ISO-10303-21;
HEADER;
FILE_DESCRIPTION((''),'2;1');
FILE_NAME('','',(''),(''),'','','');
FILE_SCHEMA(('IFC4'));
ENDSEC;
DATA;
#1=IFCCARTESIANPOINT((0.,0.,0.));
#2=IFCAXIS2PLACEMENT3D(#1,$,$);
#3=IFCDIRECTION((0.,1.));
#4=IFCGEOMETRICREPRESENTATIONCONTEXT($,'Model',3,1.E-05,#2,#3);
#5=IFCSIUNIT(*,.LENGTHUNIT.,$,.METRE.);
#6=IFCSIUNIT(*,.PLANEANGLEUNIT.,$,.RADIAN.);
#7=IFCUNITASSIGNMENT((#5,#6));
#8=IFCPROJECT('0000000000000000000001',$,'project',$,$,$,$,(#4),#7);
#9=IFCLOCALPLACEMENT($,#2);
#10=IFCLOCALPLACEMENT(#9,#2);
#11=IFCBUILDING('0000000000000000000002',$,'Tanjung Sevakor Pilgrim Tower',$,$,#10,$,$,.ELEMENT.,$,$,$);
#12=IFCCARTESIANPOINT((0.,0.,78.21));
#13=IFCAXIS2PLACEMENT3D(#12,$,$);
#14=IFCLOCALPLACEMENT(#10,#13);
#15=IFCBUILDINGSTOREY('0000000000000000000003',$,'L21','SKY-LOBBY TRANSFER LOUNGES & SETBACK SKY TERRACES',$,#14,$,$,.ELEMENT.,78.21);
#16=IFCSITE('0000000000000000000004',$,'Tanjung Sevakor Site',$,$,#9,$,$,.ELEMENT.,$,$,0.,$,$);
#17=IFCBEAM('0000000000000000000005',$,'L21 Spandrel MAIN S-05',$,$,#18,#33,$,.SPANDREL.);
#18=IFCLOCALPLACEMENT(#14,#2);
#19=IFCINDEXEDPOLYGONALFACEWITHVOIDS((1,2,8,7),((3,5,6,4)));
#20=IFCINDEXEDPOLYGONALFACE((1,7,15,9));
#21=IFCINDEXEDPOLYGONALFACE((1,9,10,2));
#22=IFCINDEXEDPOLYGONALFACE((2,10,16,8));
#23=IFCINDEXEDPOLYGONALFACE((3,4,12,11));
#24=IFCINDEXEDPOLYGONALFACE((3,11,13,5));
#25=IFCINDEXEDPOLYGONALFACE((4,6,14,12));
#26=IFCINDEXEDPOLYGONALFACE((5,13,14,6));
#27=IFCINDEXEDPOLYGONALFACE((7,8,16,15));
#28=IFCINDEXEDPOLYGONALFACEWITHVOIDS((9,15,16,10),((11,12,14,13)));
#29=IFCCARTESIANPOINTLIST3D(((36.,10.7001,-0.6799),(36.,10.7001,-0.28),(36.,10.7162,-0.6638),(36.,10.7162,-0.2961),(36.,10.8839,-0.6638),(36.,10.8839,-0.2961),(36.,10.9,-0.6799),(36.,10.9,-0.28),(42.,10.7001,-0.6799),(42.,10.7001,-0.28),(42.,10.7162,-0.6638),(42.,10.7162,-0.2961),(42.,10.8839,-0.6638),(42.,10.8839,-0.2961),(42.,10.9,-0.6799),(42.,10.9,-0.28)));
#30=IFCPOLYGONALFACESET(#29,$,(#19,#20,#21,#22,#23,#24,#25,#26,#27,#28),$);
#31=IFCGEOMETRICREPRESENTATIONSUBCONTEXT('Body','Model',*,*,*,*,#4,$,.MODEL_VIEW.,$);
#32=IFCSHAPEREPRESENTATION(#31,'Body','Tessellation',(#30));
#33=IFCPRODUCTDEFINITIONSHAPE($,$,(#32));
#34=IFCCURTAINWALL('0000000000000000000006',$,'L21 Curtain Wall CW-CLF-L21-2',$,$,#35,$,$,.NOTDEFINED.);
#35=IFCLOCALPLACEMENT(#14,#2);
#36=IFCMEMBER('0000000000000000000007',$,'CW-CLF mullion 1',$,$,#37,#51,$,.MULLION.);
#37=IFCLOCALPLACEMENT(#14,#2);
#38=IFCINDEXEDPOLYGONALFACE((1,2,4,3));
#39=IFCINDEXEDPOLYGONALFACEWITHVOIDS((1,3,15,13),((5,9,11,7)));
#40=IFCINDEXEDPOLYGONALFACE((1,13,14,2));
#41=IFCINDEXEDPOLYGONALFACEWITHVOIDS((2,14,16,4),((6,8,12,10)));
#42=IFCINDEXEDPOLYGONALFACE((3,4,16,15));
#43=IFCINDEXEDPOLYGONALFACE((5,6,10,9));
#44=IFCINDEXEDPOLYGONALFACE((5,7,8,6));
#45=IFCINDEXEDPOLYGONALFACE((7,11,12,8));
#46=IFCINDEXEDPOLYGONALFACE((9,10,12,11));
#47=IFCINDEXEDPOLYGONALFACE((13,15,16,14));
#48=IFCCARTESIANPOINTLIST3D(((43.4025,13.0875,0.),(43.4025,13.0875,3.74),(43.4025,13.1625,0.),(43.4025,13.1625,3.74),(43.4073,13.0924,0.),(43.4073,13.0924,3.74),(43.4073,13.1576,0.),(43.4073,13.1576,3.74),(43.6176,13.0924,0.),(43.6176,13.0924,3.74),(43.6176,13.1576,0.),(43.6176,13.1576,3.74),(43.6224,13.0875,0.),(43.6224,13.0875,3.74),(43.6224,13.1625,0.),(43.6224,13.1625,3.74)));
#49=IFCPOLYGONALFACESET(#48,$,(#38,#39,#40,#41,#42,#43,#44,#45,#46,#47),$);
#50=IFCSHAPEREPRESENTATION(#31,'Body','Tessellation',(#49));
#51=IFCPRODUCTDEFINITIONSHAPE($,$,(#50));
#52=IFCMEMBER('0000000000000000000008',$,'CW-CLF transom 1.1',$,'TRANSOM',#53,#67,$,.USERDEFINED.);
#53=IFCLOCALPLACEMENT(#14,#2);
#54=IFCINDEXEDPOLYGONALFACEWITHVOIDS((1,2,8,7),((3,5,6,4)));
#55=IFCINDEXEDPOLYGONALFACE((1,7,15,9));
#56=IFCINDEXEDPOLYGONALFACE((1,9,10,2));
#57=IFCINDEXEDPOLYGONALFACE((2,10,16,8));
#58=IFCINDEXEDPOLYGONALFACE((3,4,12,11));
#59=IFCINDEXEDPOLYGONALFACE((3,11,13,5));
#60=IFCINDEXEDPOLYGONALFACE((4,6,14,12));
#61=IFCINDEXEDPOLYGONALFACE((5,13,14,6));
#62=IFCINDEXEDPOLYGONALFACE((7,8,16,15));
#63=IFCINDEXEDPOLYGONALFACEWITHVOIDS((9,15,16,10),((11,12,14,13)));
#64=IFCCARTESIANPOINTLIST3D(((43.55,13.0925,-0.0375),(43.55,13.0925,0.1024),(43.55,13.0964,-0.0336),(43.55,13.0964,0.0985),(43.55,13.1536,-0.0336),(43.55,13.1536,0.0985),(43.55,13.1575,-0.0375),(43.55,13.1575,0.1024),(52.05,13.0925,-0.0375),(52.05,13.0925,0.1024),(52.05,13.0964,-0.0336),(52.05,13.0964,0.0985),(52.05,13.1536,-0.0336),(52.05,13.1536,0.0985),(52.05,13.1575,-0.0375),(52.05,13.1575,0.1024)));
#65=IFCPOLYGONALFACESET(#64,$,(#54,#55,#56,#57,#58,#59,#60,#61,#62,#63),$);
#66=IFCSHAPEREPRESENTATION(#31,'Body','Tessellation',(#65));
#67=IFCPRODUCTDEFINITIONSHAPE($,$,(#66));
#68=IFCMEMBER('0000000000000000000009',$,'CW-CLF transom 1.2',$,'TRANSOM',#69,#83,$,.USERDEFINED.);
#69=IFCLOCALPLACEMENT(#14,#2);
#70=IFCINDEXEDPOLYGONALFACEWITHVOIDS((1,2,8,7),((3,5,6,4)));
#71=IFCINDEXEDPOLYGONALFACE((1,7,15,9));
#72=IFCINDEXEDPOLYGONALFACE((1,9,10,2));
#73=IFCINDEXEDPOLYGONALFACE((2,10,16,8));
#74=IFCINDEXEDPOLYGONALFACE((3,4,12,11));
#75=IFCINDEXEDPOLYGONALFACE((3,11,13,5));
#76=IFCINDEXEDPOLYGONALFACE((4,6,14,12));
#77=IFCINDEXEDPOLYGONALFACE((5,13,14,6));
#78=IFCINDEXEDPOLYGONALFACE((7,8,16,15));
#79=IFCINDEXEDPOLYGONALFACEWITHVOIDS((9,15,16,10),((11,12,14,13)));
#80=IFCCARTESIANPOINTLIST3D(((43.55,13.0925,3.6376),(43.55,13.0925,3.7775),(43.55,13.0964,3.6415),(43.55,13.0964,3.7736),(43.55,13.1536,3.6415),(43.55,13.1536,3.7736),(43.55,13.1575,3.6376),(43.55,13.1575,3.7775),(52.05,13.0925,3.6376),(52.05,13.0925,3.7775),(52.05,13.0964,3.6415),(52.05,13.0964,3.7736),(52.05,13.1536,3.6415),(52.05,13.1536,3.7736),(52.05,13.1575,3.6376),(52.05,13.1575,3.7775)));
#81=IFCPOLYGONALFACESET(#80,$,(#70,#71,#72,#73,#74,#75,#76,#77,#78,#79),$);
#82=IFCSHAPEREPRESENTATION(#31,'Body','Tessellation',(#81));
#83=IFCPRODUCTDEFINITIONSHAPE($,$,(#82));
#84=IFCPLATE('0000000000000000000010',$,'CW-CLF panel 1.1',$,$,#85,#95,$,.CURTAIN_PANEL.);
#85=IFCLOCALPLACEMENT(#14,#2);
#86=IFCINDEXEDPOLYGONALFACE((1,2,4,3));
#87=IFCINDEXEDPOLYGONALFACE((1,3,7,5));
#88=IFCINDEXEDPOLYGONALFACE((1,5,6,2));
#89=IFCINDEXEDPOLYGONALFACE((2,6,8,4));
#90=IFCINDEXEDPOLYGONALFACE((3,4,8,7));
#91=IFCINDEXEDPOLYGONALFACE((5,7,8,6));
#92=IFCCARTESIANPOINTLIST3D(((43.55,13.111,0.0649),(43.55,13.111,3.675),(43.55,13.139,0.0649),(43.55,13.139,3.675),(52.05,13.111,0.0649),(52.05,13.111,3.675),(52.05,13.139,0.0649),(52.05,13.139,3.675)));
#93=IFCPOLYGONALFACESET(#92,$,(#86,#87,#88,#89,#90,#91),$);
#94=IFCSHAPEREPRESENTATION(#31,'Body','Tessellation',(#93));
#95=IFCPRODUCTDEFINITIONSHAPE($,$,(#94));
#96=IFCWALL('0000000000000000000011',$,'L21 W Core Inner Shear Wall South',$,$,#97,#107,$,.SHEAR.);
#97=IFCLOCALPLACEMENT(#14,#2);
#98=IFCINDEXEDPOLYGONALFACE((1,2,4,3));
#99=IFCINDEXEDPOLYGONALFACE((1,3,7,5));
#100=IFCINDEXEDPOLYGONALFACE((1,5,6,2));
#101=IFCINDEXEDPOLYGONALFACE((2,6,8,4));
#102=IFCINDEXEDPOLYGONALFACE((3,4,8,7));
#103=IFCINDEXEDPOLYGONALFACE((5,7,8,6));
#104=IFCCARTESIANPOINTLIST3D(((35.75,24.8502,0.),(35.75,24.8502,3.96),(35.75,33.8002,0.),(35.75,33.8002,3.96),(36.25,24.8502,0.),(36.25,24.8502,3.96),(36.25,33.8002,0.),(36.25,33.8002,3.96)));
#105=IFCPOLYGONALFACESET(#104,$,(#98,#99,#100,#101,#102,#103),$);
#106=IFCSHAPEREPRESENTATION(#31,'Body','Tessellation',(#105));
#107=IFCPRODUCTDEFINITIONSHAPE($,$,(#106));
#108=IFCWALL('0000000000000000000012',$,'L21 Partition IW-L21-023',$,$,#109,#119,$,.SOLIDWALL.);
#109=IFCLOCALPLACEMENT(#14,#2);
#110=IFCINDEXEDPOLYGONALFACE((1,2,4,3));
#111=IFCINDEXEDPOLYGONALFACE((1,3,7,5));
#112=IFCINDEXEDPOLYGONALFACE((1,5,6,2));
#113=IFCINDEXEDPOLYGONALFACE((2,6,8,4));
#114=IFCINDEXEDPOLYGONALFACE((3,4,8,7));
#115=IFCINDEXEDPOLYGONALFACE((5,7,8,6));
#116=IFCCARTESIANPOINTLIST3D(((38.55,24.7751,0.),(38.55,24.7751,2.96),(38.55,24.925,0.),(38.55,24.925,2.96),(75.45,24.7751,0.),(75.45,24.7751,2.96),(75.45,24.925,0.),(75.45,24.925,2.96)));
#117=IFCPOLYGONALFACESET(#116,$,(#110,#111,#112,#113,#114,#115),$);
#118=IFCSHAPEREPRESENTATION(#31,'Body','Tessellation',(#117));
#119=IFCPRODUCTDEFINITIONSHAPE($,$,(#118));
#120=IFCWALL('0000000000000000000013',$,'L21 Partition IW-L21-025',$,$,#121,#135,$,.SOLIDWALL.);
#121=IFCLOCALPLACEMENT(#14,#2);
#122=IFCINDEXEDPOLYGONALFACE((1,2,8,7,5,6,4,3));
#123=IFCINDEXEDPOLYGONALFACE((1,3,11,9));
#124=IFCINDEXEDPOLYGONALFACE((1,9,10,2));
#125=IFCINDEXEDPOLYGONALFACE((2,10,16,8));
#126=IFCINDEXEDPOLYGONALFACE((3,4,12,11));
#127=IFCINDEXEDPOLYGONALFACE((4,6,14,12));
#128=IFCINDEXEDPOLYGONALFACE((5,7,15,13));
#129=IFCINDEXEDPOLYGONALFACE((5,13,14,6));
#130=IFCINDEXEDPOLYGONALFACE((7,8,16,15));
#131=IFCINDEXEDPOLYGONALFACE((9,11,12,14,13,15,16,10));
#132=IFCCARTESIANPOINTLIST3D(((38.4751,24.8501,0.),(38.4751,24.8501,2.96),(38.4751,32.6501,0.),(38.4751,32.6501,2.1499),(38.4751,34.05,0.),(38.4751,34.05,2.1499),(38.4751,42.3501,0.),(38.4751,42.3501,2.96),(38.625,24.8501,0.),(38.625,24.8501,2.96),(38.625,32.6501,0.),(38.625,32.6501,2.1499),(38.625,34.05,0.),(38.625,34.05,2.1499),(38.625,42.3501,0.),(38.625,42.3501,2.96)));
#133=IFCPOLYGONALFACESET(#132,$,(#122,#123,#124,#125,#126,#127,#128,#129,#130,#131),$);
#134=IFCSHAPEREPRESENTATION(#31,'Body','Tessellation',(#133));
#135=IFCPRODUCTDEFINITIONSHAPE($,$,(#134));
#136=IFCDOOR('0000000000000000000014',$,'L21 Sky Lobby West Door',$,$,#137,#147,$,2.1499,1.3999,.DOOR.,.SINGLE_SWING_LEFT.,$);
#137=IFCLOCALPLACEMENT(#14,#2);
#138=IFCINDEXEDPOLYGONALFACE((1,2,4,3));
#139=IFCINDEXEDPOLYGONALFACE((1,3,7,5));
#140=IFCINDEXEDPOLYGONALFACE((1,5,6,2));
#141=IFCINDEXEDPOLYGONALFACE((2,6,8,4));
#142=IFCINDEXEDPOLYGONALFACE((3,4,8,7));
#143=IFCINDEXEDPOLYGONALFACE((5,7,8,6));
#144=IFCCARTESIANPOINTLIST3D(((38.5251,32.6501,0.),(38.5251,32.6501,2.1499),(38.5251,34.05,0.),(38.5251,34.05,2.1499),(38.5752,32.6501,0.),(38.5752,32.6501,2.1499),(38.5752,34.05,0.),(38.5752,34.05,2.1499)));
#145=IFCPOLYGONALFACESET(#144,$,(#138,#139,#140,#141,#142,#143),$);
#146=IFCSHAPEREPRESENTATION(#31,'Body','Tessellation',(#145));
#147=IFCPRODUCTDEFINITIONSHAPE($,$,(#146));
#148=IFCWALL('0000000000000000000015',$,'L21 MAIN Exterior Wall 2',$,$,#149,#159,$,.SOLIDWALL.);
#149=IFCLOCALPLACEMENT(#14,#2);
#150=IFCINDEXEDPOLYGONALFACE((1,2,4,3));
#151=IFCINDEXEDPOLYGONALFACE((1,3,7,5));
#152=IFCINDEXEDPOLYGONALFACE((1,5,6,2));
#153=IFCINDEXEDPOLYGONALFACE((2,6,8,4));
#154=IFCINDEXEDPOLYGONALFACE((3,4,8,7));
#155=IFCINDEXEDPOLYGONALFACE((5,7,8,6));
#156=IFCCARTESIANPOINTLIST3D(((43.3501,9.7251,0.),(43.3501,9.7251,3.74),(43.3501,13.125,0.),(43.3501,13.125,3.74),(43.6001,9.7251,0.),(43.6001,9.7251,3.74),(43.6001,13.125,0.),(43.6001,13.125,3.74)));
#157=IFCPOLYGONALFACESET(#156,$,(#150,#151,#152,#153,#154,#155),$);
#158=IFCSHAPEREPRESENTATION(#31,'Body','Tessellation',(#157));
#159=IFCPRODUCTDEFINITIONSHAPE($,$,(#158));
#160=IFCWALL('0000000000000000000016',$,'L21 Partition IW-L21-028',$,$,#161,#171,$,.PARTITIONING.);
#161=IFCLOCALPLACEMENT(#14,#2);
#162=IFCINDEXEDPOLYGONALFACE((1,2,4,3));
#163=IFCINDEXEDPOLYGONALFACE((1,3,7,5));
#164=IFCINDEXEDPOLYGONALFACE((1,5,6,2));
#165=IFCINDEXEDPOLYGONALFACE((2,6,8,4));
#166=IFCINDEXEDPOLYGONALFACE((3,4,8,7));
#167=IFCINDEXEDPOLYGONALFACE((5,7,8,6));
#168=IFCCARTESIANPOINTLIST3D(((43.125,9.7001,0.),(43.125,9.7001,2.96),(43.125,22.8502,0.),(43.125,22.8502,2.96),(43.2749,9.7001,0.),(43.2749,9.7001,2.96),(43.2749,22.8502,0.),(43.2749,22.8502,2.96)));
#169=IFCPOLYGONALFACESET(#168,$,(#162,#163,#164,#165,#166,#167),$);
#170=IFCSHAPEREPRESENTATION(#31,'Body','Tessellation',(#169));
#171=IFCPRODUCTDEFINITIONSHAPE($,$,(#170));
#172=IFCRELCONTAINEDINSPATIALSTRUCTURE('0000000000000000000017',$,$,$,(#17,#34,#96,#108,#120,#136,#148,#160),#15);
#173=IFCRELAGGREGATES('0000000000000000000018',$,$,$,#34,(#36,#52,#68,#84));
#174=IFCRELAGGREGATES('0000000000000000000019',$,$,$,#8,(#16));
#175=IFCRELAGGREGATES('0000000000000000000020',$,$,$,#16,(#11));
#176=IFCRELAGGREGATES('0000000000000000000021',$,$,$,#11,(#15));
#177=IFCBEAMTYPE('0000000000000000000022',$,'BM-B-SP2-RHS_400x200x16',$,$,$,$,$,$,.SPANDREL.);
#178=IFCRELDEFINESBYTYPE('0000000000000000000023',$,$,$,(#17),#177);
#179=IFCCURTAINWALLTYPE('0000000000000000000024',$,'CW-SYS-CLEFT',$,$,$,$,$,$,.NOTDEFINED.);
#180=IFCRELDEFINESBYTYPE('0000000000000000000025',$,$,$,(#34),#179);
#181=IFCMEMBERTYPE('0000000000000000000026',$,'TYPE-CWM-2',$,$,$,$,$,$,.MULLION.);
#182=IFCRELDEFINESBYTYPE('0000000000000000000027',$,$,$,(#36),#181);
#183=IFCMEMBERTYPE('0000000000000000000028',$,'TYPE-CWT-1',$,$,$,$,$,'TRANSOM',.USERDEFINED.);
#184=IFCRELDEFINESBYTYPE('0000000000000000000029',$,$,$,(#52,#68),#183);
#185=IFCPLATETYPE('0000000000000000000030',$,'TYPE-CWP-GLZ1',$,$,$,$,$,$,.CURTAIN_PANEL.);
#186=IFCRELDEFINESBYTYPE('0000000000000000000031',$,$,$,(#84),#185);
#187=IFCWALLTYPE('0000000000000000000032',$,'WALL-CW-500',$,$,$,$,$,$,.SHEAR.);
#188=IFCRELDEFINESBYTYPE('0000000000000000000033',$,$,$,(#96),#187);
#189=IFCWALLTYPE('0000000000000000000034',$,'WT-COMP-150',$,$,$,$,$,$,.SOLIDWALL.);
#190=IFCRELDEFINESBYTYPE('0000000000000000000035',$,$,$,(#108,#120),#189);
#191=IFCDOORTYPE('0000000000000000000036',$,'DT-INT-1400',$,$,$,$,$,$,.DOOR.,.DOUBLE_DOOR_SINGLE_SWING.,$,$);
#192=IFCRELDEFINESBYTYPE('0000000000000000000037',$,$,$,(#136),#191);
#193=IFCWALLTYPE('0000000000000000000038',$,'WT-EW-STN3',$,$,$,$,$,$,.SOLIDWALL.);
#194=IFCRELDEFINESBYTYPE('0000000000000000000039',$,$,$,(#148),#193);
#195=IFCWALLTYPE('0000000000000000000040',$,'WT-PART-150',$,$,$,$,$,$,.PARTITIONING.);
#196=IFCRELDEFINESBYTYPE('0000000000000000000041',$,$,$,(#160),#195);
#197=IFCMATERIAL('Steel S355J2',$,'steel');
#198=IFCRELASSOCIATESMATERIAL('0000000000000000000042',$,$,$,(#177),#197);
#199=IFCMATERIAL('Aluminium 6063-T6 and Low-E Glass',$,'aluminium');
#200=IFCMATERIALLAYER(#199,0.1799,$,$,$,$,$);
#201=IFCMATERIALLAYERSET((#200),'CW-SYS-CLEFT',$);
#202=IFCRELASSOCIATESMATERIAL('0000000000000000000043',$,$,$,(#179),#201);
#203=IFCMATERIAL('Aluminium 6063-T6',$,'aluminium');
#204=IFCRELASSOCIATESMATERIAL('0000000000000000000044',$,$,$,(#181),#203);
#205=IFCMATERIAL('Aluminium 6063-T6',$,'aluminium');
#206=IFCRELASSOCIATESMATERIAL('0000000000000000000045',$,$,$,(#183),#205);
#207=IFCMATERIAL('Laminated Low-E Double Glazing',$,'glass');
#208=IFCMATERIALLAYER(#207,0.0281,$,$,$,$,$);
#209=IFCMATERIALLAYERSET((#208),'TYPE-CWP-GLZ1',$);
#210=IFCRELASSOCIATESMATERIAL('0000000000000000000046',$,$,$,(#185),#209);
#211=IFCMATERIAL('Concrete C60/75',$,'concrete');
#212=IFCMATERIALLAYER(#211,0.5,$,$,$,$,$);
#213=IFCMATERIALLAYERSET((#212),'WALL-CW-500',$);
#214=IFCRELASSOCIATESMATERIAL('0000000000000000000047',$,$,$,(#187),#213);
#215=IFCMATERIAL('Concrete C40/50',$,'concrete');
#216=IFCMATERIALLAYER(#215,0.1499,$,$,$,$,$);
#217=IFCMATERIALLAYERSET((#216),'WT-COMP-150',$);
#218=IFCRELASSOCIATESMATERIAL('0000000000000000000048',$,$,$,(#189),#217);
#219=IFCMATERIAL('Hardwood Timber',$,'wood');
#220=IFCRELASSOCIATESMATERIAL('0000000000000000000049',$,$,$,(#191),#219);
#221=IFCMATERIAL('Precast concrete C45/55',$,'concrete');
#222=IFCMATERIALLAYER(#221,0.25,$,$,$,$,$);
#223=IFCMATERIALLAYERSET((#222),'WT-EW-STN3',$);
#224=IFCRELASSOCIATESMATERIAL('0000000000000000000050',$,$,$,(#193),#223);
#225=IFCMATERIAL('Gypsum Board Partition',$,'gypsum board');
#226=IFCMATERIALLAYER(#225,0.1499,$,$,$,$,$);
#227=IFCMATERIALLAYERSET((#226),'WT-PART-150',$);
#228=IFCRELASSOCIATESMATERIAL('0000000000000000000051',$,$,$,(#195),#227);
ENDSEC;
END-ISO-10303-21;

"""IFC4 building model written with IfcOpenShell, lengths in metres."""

from ifc_helpers import new_model, si_unit, direction, frame, frame_2d, origin, origin_2d, place, context, subcontext, project, spatial, rectangle, hollow_rectangle, extrude, material, layer, layer_set, material_profile, profile_set, type_object, element, fill, aggregate, save


model = new_model("IFC4")

# Units and contexts
model_context = context("Model", 3, precision=1e-05, world=origin(), true_north=direction((0.0, 1.0)))
body_context = subcontext(model_context, "Body", "Model", "MODEL_VIEW")
ifc_project = project(units=[si_unit("LENGTHUNIT", "METRE"), si_unit("PLANEANGLEUNIT", "RADIAN")], contexts=[model_context])

# Site, building, storey
site_placement = place(None, origin())
site = spatial("IfcSite", under=ifc_project, at=site_placement, Name="Tanjung Sevakor Site", CompositionType="ELEMENT", RefElevation=0.0)
building_placement = place(site_placement, origin())
building = spatial("IfcBuilding", under=site, at=building_placement, Name="Tanjung Sevakor Pilgrim Tower", CompositionType="ELEMENT")
storey_placement = place(building_placement, frame((0.0, 0.0, 78.21)))
storey = spatial("IfcBuildingStorey", under=building, at=storey_placement, Name="L21", Description="SKY-LOBBY TRANSFER LOUNGES & SETBACK SKY TERRACES", CompositionType="ELEMENT", Elevation=78.21)

# Beam
ifc_material_1 = material(Name="Steel S355J2", Category="steel")
ifc_material_profile_1 = material_profile(ifc_material_1, hollow_rectangle(XDim=0.2, YDim=0.3999, WallThickness=0.0161, at=origin_2d()))
ifc_profile_set_1 = profile_set([ifc_material_profile_1], Name="Steel S355J2")
beam_type_1 = type_object("IfcBeamType", Name="BM-B-SP2-RHS_400x200x16", PredefinedType="SPANDREL", material=ifc_profile_set_1)
beam_placement = place(storey_placement, frame((36.0, 10.8, -0.48), z_axis=(1.0, 0.0, 0.0), x_axis=(0.0, 1.0, 0.0)))
element("IfcBeam", 1, at=beam_placement, inside=storey, type_object=beam_type_1, Name="L21 Spandrel MAIN S-05", PredefinedType="SPANDREL", context=body_context, shape_type="SweptSolid", body=[
    extrude(hollow_rectangle(XDim=0.2, YDim=0.3999, WallThickness=0.0161, at=origin_2d()), origin(), (0.0, 0.0, 1.0), 6.0),
])

# Curtain wall, members, plate
ifc_material_2 = material(Name="Aluminium 6063-T6 and Low-E Glass", Category="aluminium")
ifc_layer_1 = layer(ifc_material_2, 0.1799)
ifc_layer_set_1 = layer_set([ifc_layer_1], Name="CW-SYS-CLEFT")
curtain_wall_type = type_object("IfcCurtainWallType", Name="CW-SYS-CLEFT", PredefinedType="NOTDEFINED", material=ifc_layer_set_1)
curtain_wall_placement = place(storey_placement, origin())
curtain_wall = element("IfcCurtainWall", 2, at=curtain_wall_placement, inside=storey, type_object=curtain_wall_type, Name="L21 Curtain Wall CW-CLF-L21-2", PredefinedType="NOTDEFINED")
ifc_material_3 = material(Name="Aluminium 6063-T6", Category="aluminium")
ifc_material_profile_2 = material_profile(ifc_material_3, hollow_rectangle(XDim=0.075, YDim=0.22, WallThickness=0.0049, at=origin_2d()))
ifc_profile_set_2 = profile_set([ifc_material_profile_2], Name="Aluminium 6063-T6")
member_type_1 = type_object("IfcMemberType", Name="TYPE-CWM-2", PredefinedType="MULLION", material=ifc_profile_set_2)
member_1_placement = place(storey_placement, frame((43.5125, 13.125, 0.0), z_axis=(0.0, 0.0, 1.0), x_axis=(0.0, 1.0, 0.0)))
member_1 = element("IfcMember", 3, at=member_1_placement, type_object=member_type_1, Name="CW-CLF mullion 1", PredefinedType="MULLION", context=body_context, shape_type="SweptSolid", body=[
    extrude(hollow_rectangle(XDim=0.075, YDim=0.22, WallThickness=0.0049, at=origin_2d()), origin(), (0.0, 0.0, 1.0), 3.74),
])
ifc_material_4 = material(Name="Aluminium 6063-T6", Category="aluminium")
ifc_material_profile_3 = material_profile(ifc_material_4, hollow_rectangle(XDim=0.0649, YDim=0.1399, WallThickness=0.0039, at=origin_2d()))
ifc_profile_set_3 = profile_set([ifc_material_profile_3], Name="Aluminium 6063-T6")
member_type_2 = type_object("IfcMemberType", Name="TYPE-CWT-1", ElementType="TRANSOM", PredefinedType="USERDEFINED", material=ifc_profile_set_3)
member_2_placement = place(storey_placement, frame((43.55, 13.125, 0.0325), z_axis=(1.0, 0.0, 0.0), x_axis=(0.0, 1.0, 0.0)))
member_2 = element("IfcMember", 4, at=member_2_placement, type_object=member_type_2, Name="CW-CLF transom 1.1", ObjectType="TRANSOM", PredefinedType="USERDEFINED", context=body_context, shape_type="SweptSolid", body=[
    extrude(hollow_rectangle(XDim=0.0649, YDim=0.1399, WallThickness=0.0039, at=origin_2d()), origin(), (0.0, 0.0, 1.0), 8.5),
])
member_3_placement = place(storey_placement, frame((43.55, 13.125, 3.7075), z_axis=(1.0, 0.0, 0.0), x_axis=(0.0, 1.0, 0.0)))
member_3 = element("IfcMember", 5, at=member_3_placement, type_object=member_type_2, Name="CW-CLF transom 1.2", ObjectType="TRANSOM", PredefinedType="USERDEFINED", context=body_context, shape_type="SweptSolid", body=[
    extrude(hollow_rectangle(XDim=0.0649, YDim=0.1399, WallThickness=0.0039, at=origin_2d()), origin(), (0.0, 0.0, 1.0), 8.5),
])
ifc_material_5 = material(Name="Laminated Low-E Double Glazing", Category="glass")
ifc_layer_2 = layer(ifc_material_5, 0.0281)
ifc_layer_set_2 = layer_set([ifc_layer_2], Name="TYPE-CWP-GLZ1")
plate_type = type_object("IfcPlateType", Name="TYPE-CWP-GLZ1", PredefinedType="CURTAIN_PANEL", material=ifc_layer_set_2)
plate_placement = place(storey_placement, frame((47.8, 13.125, 0.0649), z_axis=(0.0, 0.0, 1.0), x_axis=(1.0, 0.0, 0.0)))
plate = element("IfcPlate", 6, at=plate_placement, type_object=plate_type, Name="CW-CLF panel 1.1", PredefinedType="CURTAIN_PANEL", context=body_context, shape_type="SweptSolid", body=[
    extrude(rectangle(XDim=8.5, YDim=0.0281, at=origin_2d()), origin(), (0.0, 0.0, 1.0), 3.6101),
])
aggregate(curtain_wall, [member_1, member_2, member_3, plate])

# Walls
ifc_material_6 = material(Name="Concrete C60/75", Category="concrete")
ifc_layer_3 = layer(ifc_material_6, 0.5)
ifc_layer_set_3 = layer_set([ifc_layer_3], Name="WALL-CW-500")
wall_type_1 = type_object("IfcWallType", Name="WALL-CW-500", PredefinedType="SHEAR", material=ifc_layer_set_3)
wall_1_placement = place(storey_placement, frame((36.0, 24.8501, 0.0), z_axis=(0.0, 0.0, 1.0), x_axis=(0.0, 1.0, 0.0)))
element("IfcWall", 7, at=wall_1_placement, inside=storey, type_object=wall_type_1, Name="L21 W Core Inner Shear Wall South", PredefinedType="SHEAR", context=body_context, shape_type="SweptSolid", body=[
    extrude(rectangle(XDim=8.95, YDim=0.5, at=frame_2d((4.4751, 0.0))), origin(), (0.0, 0.0, 1.0), 3.96),
])
ifc_material_7 = material(Name="Concrete C40/50", Category="concrete")
ifc_layer_4 = layer(ifc_material_7, 0.1499)
ifc_layer_set_4 = layer_set([ifc_layer_4], Name="WT-COMP-150")
wall_type_2 = type_object("IfcWallType", Name="WT-COMP-150", PredefinedType="SOLIDWALL", material=ifc_layer_set_4)
wall_2_placement = place(storey_placement, frame((38.55, 24.8501, 0.0), z_axis=(0.0, 0.0, 1.0), x_axis=(1.0, 0.0, 0.0)))
element("IfcWall", 8, at=wall_2_placement, inside=storey, type_object=wall_type_2, Name="L21 Partition IW-L21-023", PredefinedType="SOLIDWALL", context=body_context, shape_type="SweptSolid", body=[
    extrude(rectangle(XDim=36.8999, YDim=0.1499, at=frame_2d((18.45, 0.0))), origin(), (0.0, 0.0, 1.0), 2.96),
])

# Wall, opening, door
wall_3_placement = place(storey_placement, frame((38.55, 24.8501, 0.0), z_axis=(0.0, 0.0, 1.0), x_axis=(0.0, 1.0, 0.0)))
wall_3 = element("IfcWall", 9, at=wall_3_placement, inside=storey, type_object=wall_type_2, Name="L21 Partition IW-L21-025", PredefinedType="SOLIDWALL", context=body_context, shape_type="SweptSolid", body=[
    extrude(rectangle(XDim=17.5, YDim=0.1499, at=frame_2d((8.75, 0.0))), origin(), (0.0, 0.0, 1.0), 2.96),
])
opening_placement = place(wall_3_placement, frame((7.8, 0.0, 0.0)))
opening = element("IfcOpeningElement", 10, at=opening_placement, cuts=wall_3, PredefinedType="OPENING", context=body_context, shape_type="SweptSolid", body=[
    extrude(rectangle(XDim=1.3999, YDim=2.1499, at=frame_2d((0.7, 1.075))), frame((0.0, 0.085, 0.0), z_axis=(0.0, -1.0, 0.0), x_axis=(1.0, 0.0, 0.0)), (0.0, 0.0, 1.0), 0.1699),
])
ifc_material_8 = material(Name="Hardwood Timber", Category="wood")
door_type = type_object("IfcDoorType", Name="DT-INT-1400", OperationType="DOUBLE_DOOR_SINGLE_SWING", PredefinedType="DOOR", material=ifc_material_8)
door_placement = place(opening_placement, origin())
door = element("IfcDoor", 11, at=door_placement, inside=storey, type_object=door_type, Name="L21 Sky Lobby West Door", OperationType="SINGLE_SWING_LEFT", OverallHeight=2.1499, OverallWidth=1.3999, PredefinedType="DOOR", context=body_context, shape_type="SweptSolid", body=[
    extrude(rectangle(XDim=1.3999, YDim=2.1499, at=frame_2d((0.7, 1.075))), frame((0.0, 0.0249, 0.0), z_axis=(0.0, -1.0, 0.0), x_axis=(1.0, 0.0, 0.0)), (0.0, 0.0, 1.0), 0.05),
])
fill(opening, door)

# Walls
ifc_material_9 = material(Name="Precast concrete C45/55", Category="concrete")
ifc_layer_5 = layer(ifc_material_9, 0.25)
ifc_layer_set_5 = layer_set([ifc_layer_5], Name="WT-EW-STN3")
wall_type_3 = type_object("IfcWallType", Name="WT-EW-STN3", PredefinedType="SOLIDWALL", material=ifc_layer_set_5)
wall_4_placement = place(storey_placement, frame((43.4751, 9.7251, 0.0), z_axis=(0.0, 0.0, 1.0), x_axis=(0.0, 1.0, 0.0)))
element("IfcWall", 12, at=wall_4_placement, inside=storey, type_object=wall_type_3, Name="L21 MAIN Exterior Wall 2", PredefinedType="SOLIDWALL", context=body_context, shape_type="SweptSolid", body=[
    extrude(rectangle(XDim=3.3999, YDim=0.25, at=frame_2d((1.7, 0.0))), origin(), (0.0, 0.0, 1.0), 3.74),
])
ifc_material_10 = material(Name="Gypsum Board Partition", Category="gypsum board")
ifc_layer_6 = layer(ifc_material_10, 0.1499)
ifc_layer_set_6 = layer_set([ifc_layer_6], Name="WT-PART-150")
wall_type_4 = type_object("IfcWallType", Name="WT-PART-150", PredefinedType="PARTITIONING", material=ifc_layer_set_6)
wall_5_placement = place(storey_placement, frame((43.2, 9.7, 0.0), z_axis=(0.0, 0.0, 1.0), x_axis=(0.0, 1.0, 0.0)))
element("IfcWall", 13, at=wall_5_placement, inside=storey, type_object=wall_type_4, Name="L21 Partition IW-L21-028", PredefinedType="PARTITIONING", context=body_context, shape_type="SweptSolid", body=[
    extrude(rectangle(XDim=13.1501, YDim=0.1499, at=frame_2d((6.5752, 0.0))), origin(), (0.0, 0.0, 1.0), 2.96),
])

save(model, "model.ifc")
